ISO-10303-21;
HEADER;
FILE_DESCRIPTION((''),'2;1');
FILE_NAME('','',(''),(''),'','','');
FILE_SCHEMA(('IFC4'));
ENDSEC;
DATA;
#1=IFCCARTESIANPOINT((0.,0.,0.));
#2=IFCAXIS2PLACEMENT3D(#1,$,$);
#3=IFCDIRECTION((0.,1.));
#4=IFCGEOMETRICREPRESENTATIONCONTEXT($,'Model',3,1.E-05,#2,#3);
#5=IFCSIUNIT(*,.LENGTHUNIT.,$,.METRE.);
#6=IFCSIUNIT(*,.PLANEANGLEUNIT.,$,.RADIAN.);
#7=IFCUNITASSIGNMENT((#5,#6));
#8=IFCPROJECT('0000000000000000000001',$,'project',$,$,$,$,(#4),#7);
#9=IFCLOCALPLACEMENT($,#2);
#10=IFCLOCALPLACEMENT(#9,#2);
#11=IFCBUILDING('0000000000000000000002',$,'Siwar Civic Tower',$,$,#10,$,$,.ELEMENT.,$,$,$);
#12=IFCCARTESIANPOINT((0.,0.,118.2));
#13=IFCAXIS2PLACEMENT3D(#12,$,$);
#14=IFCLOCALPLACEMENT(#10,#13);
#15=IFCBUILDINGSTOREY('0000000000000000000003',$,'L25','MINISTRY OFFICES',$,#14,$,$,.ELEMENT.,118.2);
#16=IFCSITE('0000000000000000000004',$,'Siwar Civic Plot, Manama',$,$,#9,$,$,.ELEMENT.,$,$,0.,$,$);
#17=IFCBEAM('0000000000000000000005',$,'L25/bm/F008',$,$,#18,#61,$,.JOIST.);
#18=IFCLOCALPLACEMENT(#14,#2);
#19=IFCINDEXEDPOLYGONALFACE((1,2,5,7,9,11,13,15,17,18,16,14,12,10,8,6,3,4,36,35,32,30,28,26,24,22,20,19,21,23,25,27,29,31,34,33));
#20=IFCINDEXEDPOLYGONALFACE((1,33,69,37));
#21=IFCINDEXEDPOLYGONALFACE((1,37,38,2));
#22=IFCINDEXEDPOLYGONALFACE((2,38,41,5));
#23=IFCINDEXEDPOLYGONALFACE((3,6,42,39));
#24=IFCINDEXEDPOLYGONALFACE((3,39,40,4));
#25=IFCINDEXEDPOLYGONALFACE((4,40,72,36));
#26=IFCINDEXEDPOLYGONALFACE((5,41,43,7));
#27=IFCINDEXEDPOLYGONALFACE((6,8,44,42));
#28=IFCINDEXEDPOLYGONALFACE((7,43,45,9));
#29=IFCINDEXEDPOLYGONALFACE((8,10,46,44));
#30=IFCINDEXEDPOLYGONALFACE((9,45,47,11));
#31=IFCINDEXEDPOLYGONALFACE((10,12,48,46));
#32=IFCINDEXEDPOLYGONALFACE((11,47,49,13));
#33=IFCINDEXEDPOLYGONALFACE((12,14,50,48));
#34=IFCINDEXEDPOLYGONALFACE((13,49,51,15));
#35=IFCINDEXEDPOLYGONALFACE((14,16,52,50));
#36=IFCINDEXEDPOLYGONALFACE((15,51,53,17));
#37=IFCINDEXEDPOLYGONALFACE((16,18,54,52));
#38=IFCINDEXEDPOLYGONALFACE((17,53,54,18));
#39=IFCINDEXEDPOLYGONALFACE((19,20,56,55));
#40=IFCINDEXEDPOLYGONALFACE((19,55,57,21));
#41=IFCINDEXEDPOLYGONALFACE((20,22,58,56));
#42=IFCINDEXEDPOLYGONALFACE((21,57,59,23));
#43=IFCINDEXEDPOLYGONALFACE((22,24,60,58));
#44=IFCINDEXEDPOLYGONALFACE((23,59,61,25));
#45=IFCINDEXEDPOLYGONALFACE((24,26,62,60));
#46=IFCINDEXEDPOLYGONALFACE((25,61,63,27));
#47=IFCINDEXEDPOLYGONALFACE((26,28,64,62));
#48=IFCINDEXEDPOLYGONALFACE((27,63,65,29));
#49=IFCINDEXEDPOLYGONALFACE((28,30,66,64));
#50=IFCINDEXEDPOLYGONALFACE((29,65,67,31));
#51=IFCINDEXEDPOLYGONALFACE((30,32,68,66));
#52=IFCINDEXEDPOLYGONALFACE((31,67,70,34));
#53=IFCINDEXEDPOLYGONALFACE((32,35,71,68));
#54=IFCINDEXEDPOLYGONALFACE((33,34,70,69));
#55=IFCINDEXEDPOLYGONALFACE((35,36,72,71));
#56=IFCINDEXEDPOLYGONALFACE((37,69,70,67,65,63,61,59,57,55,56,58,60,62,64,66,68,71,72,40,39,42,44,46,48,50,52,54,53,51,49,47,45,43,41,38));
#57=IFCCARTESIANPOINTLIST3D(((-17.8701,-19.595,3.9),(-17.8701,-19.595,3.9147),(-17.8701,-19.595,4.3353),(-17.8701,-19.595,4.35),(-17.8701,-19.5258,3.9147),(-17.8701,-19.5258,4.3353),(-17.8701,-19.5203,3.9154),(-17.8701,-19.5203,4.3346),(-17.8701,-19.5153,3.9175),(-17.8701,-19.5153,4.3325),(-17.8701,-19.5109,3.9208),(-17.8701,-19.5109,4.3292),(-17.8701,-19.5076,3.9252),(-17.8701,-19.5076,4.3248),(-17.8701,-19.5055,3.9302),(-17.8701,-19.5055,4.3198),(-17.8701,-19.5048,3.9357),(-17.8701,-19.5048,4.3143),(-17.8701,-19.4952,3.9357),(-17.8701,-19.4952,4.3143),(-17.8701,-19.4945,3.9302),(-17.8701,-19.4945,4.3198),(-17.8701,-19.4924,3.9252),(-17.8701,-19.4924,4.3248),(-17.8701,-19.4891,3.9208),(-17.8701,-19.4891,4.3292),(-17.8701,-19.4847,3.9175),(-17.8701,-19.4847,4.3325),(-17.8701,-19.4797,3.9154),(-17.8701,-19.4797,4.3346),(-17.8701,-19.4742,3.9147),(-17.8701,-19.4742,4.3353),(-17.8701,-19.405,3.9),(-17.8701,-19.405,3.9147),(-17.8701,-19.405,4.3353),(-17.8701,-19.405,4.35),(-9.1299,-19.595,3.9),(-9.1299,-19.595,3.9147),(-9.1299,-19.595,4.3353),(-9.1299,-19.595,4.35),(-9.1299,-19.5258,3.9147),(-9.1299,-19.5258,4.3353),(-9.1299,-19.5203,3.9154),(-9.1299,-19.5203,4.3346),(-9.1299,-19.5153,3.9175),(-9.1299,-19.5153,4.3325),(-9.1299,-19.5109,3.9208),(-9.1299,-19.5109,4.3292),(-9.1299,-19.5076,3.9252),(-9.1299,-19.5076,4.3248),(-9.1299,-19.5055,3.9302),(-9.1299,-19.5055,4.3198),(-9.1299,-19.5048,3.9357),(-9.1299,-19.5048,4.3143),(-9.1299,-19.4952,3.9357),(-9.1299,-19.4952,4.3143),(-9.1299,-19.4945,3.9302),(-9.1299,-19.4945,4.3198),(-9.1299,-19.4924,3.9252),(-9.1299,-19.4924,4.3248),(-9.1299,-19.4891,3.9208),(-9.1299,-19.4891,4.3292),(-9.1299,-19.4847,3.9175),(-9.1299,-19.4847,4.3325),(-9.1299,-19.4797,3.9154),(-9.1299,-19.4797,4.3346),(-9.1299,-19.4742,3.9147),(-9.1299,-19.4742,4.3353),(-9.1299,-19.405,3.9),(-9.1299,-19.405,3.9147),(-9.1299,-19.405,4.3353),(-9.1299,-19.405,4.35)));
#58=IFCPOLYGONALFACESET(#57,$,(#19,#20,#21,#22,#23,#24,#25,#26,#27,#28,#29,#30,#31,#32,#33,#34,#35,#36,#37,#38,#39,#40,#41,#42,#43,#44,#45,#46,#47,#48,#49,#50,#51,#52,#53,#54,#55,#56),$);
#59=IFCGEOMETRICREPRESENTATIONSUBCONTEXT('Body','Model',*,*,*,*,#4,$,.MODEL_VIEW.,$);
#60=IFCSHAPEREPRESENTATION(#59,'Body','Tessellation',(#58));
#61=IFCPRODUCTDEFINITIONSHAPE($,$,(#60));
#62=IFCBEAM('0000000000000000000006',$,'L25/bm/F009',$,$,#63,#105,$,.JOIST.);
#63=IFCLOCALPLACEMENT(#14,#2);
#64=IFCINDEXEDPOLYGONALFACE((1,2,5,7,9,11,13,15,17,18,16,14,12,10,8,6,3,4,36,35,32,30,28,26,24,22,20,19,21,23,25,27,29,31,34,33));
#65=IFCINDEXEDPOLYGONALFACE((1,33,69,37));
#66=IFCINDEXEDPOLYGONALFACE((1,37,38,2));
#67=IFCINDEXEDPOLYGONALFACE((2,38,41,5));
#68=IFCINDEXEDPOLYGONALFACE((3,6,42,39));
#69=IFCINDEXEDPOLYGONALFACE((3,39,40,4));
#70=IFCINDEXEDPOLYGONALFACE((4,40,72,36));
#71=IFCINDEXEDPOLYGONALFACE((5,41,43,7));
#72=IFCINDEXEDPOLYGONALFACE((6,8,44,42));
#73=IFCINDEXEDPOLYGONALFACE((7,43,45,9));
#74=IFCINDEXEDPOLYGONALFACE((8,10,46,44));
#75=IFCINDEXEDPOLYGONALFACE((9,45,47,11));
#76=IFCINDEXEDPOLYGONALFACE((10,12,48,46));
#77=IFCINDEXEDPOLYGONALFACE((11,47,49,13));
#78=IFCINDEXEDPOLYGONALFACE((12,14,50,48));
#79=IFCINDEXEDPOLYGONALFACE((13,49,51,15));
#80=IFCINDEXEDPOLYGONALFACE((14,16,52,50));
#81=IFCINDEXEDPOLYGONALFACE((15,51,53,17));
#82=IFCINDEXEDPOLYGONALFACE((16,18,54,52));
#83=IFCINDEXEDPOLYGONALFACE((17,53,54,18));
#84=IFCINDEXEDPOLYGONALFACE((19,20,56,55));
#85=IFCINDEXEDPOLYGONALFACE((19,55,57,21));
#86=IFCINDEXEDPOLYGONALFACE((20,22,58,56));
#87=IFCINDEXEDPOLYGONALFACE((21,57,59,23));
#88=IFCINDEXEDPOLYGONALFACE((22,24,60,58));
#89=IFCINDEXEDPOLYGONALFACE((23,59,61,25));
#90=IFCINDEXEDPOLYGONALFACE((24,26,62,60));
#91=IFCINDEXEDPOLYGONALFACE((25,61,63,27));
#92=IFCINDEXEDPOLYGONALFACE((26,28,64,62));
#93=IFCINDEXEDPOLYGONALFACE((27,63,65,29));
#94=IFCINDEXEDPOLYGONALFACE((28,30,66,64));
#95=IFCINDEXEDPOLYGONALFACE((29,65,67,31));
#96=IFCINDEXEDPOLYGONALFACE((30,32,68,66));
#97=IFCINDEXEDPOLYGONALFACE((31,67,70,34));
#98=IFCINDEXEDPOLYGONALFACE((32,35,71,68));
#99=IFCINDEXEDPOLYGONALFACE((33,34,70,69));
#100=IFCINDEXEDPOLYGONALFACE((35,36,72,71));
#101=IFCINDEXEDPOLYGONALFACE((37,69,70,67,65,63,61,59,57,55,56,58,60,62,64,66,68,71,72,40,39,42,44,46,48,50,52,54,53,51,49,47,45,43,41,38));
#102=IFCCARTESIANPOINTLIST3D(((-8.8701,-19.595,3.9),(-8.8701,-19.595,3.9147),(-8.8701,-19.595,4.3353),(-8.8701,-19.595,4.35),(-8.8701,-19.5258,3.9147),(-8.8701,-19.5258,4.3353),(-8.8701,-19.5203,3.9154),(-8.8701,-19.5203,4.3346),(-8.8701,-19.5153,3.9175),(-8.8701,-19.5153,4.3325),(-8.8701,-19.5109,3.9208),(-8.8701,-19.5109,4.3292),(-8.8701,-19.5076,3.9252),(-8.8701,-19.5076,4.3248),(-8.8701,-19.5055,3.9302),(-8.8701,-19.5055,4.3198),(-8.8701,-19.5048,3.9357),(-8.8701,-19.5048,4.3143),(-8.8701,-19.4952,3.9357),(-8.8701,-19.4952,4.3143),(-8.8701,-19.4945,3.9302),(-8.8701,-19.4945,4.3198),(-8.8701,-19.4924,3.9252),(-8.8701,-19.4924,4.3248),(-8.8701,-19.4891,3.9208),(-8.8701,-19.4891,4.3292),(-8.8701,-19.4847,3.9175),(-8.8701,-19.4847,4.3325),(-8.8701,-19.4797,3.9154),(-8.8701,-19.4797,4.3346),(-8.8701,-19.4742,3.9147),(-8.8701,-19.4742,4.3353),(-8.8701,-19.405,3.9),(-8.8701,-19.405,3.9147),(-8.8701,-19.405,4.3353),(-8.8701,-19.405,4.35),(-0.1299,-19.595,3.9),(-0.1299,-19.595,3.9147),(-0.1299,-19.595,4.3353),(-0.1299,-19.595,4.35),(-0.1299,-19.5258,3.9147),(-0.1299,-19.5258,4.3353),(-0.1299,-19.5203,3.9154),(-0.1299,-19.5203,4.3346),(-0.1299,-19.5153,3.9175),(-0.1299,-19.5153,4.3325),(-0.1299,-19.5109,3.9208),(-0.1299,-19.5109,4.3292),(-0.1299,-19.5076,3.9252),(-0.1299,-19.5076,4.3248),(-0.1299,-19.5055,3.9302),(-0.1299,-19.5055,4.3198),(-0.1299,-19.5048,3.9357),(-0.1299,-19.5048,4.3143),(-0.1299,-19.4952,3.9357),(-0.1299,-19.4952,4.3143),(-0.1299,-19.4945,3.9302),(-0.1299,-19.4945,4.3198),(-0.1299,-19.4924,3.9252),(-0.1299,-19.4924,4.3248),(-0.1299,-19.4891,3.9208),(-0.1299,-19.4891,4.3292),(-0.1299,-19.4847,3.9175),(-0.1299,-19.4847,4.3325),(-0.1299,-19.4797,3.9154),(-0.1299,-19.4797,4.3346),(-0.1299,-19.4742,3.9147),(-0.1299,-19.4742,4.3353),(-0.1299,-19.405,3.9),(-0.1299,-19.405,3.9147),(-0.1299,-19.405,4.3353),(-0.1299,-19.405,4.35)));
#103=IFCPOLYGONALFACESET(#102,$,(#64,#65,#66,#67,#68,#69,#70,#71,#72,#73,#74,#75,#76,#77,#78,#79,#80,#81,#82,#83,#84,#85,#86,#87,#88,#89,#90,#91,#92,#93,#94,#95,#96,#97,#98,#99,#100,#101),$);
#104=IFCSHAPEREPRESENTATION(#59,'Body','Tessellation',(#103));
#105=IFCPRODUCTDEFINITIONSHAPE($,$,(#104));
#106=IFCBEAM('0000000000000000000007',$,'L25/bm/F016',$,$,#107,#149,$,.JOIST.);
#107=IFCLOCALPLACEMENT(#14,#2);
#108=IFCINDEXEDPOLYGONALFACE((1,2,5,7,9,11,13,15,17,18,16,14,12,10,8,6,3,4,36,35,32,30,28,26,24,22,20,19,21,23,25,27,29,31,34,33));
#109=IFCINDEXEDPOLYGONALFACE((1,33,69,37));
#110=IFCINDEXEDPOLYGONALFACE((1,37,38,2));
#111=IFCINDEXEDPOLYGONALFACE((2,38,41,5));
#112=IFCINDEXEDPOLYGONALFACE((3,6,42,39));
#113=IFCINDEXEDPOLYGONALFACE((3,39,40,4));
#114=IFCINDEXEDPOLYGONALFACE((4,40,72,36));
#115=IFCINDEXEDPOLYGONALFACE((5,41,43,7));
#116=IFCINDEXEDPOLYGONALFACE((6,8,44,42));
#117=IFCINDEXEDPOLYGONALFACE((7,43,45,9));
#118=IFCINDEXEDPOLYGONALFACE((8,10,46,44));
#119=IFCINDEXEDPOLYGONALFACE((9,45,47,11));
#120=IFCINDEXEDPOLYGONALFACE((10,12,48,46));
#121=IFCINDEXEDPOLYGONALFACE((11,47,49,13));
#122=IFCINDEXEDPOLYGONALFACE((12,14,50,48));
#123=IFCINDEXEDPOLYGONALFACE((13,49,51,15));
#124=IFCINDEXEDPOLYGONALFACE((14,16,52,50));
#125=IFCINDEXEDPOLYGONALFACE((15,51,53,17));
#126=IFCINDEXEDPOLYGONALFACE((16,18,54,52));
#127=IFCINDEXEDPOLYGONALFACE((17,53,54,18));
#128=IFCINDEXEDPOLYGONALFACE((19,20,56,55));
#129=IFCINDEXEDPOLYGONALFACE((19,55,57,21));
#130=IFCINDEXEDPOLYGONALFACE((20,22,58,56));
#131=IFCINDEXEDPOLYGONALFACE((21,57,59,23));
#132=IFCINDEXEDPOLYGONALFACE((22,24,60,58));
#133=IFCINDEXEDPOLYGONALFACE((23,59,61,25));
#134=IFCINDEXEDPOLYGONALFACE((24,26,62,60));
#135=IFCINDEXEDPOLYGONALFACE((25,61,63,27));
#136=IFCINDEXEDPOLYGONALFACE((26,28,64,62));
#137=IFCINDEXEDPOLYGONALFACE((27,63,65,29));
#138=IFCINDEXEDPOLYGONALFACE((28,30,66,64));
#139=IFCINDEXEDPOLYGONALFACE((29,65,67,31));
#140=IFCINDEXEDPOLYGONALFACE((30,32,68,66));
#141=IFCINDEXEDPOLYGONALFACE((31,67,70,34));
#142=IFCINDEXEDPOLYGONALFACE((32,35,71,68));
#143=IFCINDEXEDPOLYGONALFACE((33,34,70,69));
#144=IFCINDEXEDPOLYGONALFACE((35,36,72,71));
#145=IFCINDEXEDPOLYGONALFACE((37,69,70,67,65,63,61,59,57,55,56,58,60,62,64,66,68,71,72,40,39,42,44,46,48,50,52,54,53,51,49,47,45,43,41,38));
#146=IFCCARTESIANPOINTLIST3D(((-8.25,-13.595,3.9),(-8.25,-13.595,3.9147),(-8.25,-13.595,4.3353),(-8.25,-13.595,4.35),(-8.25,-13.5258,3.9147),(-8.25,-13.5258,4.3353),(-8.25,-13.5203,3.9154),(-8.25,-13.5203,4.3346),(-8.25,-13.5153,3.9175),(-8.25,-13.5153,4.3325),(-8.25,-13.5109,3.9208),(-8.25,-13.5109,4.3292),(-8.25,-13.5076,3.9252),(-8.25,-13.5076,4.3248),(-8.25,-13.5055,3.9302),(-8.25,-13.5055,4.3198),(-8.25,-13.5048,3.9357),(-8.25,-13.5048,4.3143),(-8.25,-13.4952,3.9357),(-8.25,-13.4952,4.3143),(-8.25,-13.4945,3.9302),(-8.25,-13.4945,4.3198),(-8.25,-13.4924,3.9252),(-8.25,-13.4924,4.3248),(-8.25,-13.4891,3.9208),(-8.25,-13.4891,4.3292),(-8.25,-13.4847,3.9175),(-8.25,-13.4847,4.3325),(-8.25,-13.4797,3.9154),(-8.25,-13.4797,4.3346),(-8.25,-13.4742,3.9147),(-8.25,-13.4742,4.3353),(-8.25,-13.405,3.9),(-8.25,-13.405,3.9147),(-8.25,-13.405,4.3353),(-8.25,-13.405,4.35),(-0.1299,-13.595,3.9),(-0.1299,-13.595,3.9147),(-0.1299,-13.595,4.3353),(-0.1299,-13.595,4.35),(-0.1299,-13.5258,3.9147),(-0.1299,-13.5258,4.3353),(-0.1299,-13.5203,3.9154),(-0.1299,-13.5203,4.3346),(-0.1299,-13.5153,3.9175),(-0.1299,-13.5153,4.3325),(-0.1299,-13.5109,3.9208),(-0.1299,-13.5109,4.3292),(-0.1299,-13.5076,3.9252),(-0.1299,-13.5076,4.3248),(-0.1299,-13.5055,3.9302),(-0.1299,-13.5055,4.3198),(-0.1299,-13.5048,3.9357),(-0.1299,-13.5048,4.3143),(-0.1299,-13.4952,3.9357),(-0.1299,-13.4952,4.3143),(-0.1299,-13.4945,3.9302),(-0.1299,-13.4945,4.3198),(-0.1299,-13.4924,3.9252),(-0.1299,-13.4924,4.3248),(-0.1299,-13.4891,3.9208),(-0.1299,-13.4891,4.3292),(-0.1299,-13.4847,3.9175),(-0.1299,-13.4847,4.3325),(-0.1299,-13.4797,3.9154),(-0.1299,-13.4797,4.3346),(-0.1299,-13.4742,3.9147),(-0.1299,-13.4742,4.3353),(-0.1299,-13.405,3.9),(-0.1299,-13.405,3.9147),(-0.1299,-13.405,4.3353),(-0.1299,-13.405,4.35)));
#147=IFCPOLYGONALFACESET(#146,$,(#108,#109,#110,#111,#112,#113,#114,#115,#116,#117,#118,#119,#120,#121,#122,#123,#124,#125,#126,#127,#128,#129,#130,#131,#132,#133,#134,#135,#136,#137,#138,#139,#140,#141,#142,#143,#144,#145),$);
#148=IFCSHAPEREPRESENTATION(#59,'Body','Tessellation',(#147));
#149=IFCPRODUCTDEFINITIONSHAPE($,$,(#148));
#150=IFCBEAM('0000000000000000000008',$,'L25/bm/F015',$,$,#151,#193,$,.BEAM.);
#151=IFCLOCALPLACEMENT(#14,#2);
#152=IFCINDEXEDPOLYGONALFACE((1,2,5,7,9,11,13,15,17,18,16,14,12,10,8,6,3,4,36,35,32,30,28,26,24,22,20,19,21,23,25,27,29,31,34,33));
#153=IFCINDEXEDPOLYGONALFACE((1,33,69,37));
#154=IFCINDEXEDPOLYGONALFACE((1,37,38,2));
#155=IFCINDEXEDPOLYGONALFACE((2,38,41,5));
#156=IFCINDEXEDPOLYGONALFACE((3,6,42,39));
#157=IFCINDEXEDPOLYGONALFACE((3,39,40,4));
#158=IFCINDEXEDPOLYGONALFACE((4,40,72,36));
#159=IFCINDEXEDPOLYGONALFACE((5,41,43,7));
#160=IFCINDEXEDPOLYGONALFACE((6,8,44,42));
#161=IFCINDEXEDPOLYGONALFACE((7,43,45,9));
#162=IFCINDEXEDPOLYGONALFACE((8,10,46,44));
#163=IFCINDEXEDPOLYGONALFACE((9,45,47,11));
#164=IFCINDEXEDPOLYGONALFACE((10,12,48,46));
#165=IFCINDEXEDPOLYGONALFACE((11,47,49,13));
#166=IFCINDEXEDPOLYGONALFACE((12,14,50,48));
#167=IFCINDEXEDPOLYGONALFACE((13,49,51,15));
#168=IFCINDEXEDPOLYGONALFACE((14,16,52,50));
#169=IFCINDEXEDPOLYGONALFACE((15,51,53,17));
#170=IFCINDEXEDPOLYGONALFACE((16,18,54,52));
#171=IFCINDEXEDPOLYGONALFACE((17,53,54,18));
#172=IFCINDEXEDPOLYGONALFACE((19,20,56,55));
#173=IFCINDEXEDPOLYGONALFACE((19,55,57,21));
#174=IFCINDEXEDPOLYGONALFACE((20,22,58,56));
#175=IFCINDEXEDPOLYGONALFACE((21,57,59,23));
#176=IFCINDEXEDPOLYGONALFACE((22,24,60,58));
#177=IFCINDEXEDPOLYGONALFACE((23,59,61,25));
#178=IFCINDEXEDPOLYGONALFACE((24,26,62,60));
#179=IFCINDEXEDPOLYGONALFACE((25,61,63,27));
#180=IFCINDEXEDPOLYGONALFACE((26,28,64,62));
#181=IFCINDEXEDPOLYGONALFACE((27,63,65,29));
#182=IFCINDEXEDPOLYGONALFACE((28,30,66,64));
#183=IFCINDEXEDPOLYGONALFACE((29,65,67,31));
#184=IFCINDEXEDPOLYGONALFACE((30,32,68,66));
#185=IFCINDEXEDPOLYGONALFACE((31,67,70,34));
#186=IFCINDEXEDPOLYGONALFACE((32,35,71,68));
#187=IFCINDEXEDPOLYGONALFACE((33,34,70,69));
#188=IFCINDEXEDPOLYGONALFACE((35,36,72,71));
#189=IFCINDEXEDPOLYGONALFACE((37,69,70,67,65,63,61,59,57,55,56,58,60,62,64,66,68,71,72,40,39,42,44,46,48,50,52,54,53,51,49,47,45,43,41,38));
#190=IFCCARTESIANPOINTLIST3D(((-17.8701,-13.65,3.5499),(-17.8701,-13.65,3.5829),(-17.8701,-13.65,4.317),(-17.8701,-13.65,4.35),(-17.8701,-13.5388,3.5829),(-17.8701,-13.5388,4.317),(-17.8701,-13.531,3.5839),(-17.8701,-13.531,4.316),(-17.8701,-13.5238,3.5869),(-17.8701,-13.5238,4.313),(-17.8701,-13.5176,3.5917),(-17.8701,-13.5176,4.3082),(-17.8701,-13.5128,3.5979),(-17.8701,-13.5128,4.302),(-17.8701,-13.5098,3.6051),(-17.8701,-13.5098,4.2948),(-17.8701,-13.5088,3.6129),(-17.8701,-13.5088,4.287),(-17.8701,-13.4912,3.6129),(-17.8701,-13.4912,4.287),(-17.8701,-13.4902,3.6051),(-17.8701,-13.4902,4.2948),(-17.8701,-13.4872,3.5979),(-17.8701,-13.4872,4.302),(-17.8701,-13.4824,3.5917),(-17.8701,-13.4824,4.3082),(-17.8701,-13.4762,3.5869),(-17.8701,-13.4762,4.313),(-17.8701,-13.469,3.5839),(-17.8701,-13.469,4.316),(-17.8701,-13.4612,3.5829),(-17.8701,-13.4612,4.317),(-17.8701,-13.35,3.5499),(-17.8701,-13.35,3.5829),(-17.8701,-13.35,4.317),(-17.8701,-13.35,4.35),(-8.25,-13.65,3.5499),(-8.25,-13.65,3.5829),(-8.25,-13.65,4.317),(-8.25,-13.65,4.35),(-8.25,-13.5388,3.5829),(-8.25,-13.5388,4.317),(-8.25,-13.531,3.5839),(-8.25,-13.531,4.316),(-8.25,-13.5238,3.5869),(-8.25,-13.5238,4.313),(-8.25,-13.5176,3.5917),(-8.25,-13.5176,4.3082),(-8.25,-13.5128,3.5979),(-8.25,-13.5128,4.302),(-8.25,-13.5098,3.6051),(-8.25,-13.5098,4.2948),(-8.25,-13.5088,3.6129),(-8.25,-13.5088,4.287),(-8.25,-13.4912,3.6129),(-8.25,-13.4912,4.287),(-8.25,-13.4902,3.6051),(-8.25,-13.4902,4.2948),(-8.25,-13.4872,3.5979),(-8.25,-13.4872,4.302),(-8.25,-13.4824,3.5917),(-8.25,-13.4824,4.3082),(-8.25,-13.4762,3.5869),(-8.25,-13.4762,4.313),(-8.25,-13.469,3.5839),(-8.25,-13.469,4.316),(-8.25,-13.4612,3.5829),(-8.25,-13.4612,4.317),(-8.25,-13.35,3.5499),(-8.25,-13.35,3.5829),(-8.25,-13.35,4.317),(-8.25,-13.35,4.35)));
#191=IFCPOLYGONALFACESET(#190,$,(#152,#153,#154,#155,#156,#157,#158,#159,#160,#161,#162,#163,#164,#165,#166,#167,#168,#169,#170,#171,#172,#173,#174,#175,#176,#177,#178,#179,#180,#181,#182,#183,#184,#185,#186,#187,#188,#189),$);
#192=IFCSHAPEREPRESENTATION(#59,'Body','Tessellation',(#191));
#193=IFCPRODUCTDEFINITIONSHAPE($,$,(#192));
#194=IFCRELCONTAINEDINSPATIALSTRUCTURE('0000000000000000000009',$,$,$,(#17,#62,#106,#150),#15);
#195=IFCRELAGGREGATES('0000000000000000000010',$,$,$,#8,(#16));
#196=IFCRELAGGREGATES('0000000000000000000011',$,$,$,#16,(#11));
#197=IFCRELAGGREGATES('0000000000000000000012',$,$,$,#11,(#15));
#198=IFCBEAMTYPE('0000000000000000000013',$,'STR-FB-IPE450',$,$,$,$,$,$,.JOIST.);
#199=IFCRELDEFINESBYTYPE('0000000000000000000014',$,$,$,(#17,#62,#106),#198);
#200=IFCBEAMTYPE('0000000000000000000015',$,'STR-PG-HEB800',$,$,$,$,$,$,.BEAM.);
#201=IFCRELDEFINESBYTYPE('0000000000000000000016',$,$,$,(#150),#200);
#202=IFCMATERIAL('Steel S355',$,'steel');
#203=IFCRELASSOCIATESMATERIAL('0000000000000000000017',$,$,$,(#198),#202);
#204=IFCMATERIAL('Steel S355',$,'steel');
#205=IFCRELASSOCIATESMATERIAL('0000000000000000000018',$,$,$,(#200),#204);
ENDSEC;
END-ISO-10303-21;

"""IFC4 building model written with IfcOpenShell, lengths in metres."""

from ifc_helpers import new_model, si_unit, direction, frame, origin, origin_2d, place, context, subcontext, project, spatial, i_section, extrude, material, material_profile, profile_set, type_object, element, save


model = new_model("IFC4")

# Units and contexts
model_context = context("Model", 3, precision=1e-05, world=origin(), true_north=direction((0.0, 1.0)))
body_context = subcontext(model_context, "Body", "Model", "MODEL_VIEW")
ifc_project = project(units=[si_unit("LENGTHUNIT", "METRE"), si_unit("PLANEANGLEUNIT", "RADIAN")], contexts=[model_context])

# Site, building, storey
site_placement = place(None, origin())
site = spatial("IfcSite", under=ifc_project, at=site_placement, Name="Siwar Civic Plot, Manama", CompositionType="ELEMENT", RefElevation=0.0)
building_placement = place(site_placement, origin())
building = spatial("IfcBuilding", under=site, at=building_placement, Name="Siwar Civic Tower", CompositionType="ELEMENT")
storey_placement = place(building_placement, frame((0.0, 0.0, 118.2)))
storey = spatial("IfcBuildingStorey", under=building, at=storey_placement, Name="L25", Description="MINISTRY OFFICES", CompositionType="ELEMENT", Elevation=118.2)

# Beams
ifc_material_1 = material(Name="Steel S355", Category="steel")
ifc_material_profile_1 = material_profile(ifc_material_1, i_section(OverallWidth=0.1899, OverallDepth=0.45, WebThickness=0.0095, FlangeThickness=0.0146, FilletRadius=0.021, at=origin_2d()), Name="IPE450")
ifc_profile_set_1 = profile_set([ifc_material_profile_1], Name="Steel S355")
beam_type_1 = type_object("IfcBeamType", Name="STR-FB-IPE450", PredefinedType="JOIST", material=ifc_profile_set_1)
for number, where, z_axis, x_axis, name in (
    (1, (-17.8701, -19.5, 4.125), (1.0, 0.0, 0.0), (0.0, 1.0, 0.0), "L25/bm/F008"),
    (2, (-8.8701, -19.5, 4.125), (1.0, 0.0, 0.0), (0.0, 1.0, 0.0), "L25/bm/F009"),
):
    element("IfcBeam", number, at=place(storey_placement, frame(where, z_axis=z_axis, x_axis=x_axis)), inside=storey, type_object=beam_type_1, Name=name, PredefinedType="JOIST", context=body_context, shape_type="SweptSolid", body=[
        extrude(i_section(OverallWidth=0.1899, OverallDepth=0.45, WebThickness=0.0095, FlangeThickness=0.0146, FilletRadius=0.021, at=origin_2d()), origin(), (0.0, 0.0, 1.0), 8.7402),
    ])
beam_1_placement = place(storey_placement, frame((-8.25, -13.5, 4.125), z_axis=(1.0, 0.0, 0.0), x_axis=(0.0, 1.0, 0.0)))
element("IfcBeam", 3, at=beam_1_placement, inside=storey, type_object=beam_type_1, Name="L25/bm/F016", PredefinedType="JOIST", context=body_context, shape_type="SweptSolid", body=[
    extrude(i_section(OverallWidth=0.1899, OverallDepth=0.45, WebThickness=0.0095, FlangeThickness=0.0146, FilletRadius=0.021, at=origin_2d()), origin(), (0.0, 0.0, 1.0), 8.1201),
])
ifc_material_2 = material(Name="Steel S355", Category="steel")
ifc_material_profile_2 = material_profile(ifc_material_2, i_section(OverallWidth=0.3, OverallDepth=0.8, WebThickness=0.0176, FlangeThickness=0.033, FilletRadius=0.03, at=origin_2d()), Name="HEB800")
ifc_profile_set_2 = profile_set([ifc_material_profile_2], Name="Steel S355")
beam_type_2 = type_object("IfcBeamType", Name="STR-PG-HEB800", PredefinedType="BEAM", material=ifc_profile_set_2)
beam_2_placement = place(storey_placement, frame((-17.8701, -13.5, 3.95), z_axis=(1.0, 0.0, 0.0), x_axis=(0.0, 1.0, 0.0)))
element("IfcBeam", 4, at=beam_2_placement, inside=storey, type_object=beam_type_2, Name="L25/bm/F015", PredefinedType="BEAM", context=body_context, shape_type="SweptSolid", body=[
    extrude(i_section(OverallWidth=0.3, OverallDepth=0.8, WebThickness=0.0176, FlangeThickness=0.033, FilletRadius=0.03, at=origin_2d()), origin(), (0.0, 0.0, 1.0), 9.6201),
])

save(model, "model.ifc")
